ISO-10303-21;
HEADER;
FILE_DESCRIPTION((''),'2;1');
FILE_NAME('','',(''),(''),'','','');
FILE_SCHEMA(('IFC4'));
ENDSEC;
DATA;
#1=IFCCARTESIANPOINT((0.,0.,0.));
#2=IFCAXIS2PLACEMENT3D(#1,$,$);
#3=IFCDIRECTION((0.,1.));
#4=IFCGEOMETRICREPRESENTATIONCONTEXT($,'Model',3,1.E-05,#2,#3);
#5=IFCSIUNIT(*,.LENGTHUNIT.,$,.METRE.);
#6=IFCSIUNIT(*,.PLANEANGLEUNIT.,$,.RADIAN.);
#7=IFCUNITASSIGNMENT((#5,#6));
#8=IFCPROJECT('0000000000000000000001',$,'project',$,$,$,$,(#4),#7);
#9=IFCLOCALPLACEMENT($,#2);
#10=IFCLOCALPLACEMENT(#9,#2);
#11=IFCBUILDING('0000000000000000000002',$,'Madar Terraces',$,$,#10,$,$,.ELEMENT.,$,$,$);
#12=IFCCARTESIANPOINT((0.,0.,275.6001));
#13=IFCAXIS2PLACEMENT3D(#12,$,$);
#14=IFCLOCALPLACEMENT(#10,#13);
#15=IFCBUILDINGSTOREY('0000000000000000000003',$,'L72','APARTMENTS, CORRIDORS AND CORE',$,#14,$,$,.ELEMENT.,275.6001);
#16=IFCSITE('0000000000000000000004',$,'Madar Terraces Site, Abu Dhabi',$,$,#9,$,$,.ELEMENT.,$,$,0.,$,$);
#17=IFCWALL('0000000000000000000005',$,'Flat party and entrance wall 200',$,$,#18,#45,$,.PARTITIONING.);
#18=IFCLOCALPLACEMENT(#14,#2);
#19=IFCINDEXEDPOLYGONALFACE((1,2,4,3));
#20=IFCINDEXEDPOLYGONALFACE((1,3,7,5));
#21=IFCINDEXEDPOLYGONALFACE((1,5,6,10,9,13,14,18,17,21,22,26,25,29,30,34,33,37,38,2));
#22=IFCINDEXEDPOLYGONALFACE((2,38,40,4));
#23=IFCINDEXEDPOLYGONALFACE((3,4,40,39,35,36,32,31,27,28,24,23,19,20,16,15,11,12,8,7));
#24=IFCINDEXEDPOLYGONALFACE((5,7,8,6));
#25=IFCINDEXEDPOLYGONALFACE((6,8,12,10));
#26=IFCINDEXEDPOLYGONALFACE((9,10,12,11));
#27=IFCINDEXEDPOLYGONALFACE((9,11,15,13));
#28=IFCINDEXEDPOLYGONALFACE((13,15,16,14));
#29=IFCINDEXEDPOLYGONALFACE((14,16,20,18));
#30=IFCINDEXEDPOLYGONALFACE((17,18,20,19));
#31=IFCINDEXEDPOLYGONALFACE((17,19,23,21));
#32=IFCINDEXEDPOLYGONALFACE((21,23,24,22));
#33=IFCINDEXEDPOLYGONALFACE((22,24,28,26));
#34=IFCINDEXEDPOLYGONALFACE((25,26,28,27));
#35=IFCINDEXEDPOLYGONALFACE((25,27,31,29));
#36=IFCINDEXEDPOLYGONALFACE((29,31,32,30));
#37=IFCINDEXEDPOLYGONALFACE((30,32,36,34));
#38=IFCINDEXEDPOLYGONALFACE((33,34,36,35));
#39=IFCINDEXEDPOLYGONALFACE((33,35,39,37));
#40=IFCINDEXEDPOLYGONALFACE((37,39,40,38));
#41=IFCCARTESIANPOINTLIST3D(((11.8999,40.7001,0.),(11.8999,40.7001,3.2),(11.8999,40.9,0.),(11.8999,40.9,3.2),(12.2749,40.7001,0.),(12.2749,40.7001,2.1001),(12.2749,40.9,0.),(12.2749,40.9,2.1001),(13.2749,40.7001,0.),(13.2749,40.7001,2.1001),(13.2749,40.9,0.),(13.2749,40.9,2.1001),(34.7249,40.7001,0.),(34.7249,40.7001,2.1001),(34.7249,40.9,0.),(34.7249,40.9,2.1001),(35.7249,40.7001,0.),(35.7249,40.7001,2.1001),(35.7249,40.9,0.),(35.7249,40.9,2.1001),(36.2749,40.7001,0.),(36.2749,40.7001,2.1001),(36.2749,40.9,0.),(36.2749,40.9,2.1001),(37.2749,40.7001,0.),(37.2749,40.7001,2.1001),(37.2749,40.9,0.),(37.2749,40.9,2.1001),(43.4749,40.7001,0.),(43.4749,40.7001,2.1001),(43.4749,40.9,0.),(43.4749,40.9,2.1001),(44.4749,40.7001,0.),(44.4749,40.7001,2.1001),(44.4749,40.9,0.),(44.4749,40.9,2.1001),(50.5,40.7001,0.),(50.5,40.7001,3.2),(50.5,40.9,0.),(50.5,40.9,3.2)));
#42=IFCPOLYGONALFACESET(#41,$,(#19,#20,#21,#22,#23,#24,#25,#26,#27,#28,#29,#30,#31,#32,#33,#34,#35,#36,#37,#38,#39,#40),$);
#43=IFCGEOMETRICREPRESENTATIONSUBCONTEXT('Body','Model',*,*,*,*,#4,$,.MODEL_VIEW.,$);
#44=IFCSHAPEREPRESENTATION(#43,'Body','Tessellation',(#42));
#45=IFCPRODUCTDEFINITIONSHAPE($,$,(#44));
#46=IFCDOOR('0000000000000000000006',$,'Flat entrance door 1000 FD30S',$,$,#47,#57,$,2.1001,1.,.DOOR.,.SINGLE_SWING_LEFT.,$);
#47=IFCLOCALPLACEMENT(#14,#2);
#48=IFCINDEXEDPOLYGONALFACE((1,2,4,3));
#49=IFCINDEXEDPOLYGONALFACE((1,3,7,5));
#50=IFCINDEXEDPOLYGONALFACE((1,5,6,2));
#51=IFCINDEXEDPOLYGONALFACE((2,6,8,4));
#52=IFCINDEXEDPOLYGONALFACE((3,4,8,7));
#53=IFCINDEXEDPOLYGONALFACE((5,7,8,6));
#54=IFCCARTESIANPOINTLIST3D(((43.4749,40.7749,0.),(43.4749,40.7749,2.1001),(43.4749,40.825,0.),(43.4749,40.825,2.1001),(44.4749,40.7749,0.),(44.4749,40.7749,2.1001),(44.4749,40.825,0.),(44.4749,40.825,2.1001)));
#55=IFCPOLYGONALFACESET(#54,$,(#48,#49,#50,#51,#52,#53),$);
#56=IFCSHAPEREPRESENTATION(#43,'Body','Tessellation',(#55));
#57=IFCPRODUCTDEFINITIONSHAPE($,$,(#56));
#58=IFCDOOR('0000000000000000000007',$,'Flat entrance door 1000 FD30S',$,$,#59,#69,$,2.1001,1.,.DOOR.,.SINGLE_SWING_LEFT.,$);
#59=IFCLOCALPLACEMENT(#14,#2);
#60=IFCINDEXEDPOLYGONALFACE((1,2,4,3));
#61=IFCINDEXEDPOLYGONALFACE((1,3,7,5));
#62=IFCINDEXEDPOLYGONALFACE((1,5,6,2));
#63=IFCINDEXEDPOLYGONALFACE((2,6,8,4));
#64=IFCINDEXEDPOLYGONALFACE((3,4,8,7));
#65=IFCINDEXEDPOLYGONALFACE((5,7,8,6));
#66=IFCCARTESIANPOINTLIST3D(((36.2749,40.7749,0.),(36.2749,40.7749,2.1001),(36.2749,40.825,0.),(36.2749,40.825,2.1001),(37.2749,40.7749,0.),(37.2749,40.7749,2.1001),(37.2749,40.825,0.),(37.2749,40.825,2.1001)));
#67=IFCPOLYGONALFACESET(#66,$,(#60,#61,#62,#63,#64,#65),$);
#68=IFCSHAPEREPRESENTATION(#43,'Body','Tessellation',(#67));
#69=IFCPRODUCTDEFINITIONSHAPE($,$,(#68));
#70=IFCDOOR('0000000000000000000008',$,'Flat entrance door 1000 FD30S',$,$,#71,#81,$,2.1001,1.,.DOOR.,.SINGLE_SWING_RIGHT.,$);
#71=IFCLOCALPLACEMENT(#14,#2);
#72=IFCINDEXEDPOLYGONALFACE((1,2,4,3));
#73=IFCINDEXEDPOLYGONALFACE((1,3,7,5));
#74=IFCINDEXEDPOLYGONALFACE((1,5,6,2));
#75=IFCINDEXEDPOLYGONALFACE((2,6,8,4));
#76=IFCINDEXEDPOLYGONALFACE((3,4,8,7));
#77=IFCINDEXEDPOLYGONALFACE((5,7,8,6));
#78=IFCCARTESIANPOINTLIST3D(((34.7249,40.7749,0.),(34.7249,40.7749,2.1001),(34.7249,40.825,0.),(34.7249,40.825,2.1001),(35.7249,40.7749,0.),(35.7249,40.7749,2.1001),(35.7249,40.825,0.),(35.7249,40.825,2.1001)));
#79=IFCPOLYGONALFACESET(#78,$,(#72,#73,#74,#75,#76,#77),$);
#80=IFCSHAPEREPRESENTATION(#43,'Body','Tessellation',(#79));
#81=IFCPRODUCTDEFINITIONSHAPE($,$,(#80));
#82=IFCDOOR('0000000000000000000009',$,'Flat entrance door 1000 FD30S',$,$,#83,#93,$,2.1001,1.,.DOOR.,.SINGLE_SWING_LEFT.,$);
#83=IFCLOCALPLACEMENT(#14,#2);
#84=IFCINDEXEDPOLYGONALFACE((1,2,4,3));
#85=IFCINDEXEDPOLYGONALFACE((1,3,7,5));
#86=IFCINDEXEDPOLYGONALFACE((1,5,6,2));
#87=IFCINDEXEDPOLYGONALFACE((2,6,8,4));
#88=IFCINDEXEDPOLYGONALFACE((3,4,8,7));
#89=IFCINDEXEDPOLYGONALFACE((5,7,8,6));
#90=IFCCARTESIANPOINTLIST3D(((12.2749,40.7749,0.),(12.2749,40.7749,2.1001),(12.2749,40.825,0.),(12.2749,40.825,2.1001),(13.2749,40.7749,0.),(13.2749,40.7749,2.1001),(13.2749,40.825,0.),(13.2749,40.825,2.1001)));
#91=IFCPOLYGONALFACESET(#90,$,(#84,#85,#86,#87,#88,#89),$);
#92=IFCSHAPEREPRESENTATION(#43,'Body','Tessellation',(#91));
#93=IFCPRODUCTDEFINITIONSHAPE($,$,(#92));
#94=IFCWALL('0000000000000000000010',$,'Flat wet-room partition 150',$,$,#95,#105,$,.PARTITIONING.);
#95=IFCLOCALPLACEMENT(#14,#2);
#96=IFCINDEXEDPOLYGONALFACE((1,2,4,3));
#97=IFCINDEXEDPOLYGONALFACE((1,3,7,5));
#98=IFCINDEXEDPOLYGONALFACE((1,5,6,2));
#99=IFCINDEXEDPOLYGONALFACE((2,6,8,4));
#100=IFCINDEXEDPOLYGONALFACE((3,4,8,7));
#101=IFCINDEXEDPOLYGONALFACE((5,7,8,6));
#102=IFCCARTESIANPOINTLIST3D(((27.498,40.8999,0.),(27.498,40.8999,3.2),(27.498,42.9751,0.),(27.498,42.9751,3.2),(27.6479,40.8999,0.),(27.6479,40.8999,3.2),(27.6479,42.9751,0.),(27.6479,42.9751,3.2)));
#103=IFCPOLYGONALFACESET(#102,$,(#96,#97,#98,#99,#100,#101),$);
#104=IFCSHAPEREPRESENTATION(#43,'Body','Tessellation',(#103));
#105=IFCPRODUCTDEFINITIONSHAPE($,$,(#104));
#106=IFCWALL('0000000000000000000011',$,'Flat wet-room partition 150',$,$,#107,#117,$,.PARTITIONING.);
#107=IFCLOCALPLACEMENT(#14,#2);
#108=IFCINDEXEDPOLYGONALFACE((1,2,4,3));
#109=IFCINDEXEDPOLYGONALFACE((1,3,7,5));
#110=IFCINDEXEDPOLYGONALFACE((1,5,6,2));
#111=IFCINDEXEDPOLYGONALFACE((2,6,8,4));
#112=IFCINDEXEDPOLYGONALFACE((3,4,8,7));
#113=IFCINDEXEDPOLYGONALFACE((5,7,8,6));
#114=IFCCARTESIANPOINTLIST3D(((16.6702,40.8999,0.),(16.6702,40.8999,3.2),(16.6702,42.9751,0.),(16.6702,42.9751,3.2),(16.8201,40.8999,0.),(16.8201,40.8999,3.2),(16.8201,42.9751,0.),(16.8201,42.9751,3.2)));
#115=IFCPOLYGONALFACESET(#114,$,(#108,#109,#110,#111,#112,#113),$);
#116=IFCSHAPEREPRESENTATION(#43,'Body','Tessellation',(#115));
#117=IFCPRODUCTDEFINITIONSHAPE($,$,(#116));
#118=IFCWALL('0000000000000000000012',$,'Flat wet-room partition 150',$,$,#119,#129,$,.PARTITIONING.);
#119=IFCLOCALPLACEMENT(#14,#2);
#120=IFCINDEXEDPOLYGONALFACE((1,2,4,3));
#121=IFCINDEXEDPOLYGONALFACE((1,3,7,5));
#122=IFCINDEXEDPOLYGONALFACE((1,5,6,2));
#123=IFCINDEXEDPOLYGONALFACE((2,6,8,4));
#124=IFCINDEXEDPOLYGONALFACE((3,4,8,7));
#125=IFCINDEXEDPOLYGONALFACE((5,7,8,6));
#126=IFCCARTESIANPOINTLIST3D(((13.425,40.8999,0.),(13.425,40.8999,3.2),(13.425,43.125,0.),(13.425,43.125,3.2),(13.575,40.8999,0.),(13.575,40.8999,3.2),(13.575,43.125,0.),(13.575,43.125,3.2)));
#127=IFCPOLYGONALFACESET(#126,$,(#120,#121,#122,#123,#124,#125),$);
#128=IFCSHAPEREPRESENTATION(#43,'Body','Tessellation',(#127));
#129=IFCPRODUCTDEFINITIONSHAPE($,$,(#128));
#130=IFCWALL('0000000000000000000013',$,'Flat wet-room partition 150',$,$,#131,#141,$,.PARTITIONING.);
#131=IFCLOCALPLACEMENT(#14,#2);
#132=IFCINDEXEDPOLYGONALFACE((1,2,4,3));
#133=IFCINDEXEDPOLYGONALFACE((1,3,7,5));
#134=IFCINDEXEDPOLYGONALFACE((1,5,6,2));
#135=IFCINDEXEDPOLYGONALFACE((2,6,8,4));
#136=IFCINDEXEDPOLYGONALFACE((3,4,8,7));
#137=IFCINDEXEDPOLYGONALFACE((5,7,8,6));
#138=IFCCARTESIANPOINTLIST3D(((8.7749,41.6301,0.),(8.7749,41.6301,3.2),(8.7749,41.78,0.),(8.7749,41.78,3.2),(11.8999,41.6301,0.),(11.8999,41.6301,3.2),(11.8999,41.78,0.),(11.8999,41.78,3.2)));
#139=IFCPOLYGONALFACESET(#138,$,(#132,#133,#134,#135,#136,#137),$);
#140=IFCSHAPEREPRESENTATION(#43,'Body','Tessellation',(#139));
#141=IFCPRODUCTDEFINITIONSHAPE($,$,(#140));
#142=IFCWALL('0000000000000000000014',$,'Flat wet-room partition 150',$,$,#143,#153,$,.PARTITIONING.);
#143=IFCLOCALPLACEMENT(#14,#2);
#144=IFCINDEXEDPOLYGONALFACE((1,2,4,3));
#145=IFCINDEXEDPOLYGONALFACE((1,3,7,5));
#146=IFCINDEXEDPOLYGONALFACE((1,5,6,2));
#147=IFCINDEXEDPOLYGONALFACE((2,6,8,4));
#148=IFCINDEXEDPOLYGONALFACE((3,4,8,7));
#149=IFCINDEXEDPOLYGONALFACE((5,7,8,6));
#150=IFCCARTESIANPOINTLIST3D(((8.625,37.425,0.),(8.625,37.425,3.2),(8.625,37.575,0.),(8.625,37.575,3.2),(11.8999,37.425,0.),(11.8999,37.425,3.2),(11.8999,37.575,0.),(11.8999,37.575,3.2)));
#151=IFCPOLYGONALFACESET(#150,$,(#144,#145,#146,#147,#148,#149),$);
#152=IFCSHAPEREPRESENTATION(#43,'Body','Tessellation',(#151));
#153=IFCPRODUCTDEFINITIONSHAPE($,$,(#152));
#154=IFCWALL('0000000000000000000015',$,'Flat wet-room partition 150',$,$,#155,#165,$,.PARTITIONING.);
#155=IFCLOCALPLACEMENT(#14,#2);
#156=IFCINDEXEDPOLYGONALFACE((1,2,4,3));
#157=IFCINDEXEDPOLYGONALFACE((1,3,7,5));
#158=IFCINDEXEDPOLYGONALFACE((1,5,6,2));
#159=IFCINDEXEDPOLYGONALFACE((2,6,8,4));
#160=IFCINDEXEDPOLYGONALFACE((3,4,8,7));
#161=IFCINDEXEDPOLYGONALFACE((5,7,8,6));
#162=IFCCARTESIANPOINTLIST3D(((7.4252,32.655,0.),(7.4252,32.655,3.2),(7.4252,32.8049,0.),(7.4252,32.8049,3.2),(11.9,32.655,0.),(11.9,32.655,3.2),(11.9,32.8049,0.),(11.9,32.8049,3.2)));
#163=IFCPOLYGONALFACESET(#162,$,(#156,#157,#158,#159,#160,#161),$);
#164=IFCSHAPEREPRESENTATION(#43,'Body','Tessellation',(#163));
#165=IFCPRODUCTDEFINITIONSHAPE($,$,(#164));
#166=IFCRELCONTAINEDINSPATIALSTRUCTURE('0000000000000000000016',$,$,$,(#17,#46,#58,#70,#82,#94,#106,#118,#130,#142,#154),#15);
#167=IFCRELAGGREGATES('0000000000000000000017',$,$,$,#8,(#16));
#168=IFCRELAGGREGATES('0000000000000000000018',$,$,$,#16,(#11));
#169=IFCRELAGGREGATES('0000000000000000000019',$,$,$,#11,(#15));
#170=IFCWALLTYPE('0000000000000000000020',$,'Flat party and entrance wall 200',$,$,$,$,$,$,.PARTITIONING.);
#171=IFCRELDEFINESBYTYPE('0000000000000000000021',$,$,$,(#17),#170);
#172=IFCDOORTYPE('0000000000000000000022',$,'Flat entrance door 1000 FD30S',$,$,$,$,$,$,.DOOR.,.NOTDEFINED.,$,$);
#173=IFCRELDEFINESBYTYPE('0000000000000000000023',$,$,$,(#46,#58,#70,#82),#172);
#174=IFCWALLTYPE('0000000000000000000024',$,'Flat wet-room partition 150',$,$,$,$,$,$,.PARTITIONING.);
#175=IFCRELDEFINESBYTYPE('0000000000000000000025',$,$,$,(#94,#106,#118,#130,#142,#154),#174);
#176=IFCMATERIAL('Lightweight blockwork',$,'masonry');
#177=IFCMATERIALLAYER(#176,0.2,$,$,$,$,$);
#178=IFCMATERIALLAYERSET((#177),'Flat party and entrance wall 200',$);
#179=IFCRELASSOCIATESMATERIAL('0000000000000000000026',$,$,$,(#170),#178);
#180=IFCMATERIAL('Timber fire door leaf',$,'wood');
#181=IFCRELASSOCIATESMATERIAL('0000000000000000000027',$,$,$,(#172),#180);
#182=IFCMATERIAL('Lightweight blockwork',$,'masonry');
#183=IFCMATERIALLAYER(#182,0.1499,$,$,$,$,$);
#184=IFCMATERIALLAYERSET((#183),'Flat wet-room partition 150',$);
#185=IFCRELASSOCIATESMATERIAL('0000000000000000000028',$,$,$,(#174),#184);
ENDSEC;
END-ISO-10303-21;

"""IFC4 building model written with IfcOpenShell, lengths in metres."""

from ifc_helpers import new_model, si_unit, direction, frame, frame_2d, origin, place, context, subcontext, project, spatial, rectangle, extrude, material, layer, layer_set, type_object, element, fill, save


model = new_model("IFC4")

# Units and contexts
model_context = context("Model", 3, precision=1e-05, world=origin(), true_north=direction((0.0, 1.0)))
body_context = subcontext(model_context, "Body", "Model", "MODEL_VIEW")
ifc_project = project(units=[si_unit("LENGTHUNIT", "METRE"), si_unit("PLANEANGLEUNIT", "RADIAN")], contexts=[model_context])

# Site, building, storey
site_placement = place(None, origin())
site = spatial("IfcSite", under=ifc_project, at=site_placement, Name="Madar Terraces Site, Abu Dhabi", CompositionType="ELEMENT", RefElevation=0.0)
building_placement = place(site_placement, origin())
building = spatial("IfcBuilding", under=site, at=building_placement, Name="Madar Terraces", CompositionType="ELEMENT")
storey_placement = place(building_placement, frame((0.0, 0.0, 275.6001)))
storey = spatial("IfcBuildingStorey", under=building, at=storey_placement, Name="L72", Description="APARTMENTS, CORRIDORS AND CORE", CompositionType="ELEMENT", Elevation=275.6001)

# Wall, openings, doors
ifc_material_1 = material(Name="Lightweight blockwork", Category="masonry")
ifc_layer_1 = layer(ifc_material_1, 0.2)
ifc_layer_set_1 = layer_set([ifc_layer_1], Name="Flat party and entrance wall 200")
wall_type_1 = type_object("IfcWallType", Name="Flat party and entrance wall 200", PredefinedType="PARTITIONING", material=ifc_layer_set_1)
wall_1_placement = place(storey_placement, frame((11.8999, 40.8, 0.0), z_axis=(0.0, 0.0, 1.0), x_axis=(1.0, 0.0, 0.0)))
wall_1 = element("IfcWall", 1, at=wall_1_placement, inside=storey, type_object=wall_type_1, Name="Flat party and entrance wall 200", PredefinedType="PARTITIONING", context=body_context, shape_type="SweptSolid", body=[
    extrude(rectangle(XDim=38.6001, YDim=0.2, at=frame_2d((19.3, 0.0))), origin(), (0.0, 0.0, 1.0), 3.2),
])
opening_1_placement = place(wall_1_placement, frame((31.575, 0.0, 0.0)))
opening_1 = element("IfcOpeningElement", 2, at=opening_1_placement, cuts=wall_1, PredefinedType="OPENING", context=body_context, shape_type="SweptSolid", body=[
    extrude(rectangle(XDim=1.0, YDim=2.1001, at=frame_2d((0.5, 1.05))), frame((0.0, 0.1099, 0.0), z_axis=(0.0, -1.0, 0.0), x_axis=(1.0, 0.0, 0.0)), (0.0, 0.0, 1.0), 0.22),
])
opening_2_placement = place(wall_1_placement, frame((24.375, 0.0, 0.0)))
opening_2 = element("IfcOpeningElement", 3, at=opening_2_placement, cuts=wall_1, PredefinedType="OPENING", context=body_context, shape_type="SweptSolid", body=[
    extrude(rectangle(XDim=1.0, YDim=2.1001, at=frame_2d((0.5, 1.05))), frame((0.0, 0.1099, 0.0), z_axis=(0.0, -1.0, 0.0), x_axis=(1.0, 0.0, 0.0)), (0.0, 0.0, 1.0), 0.22),
])
opening_3_placement = place(wall_1_placement, frame((22.825, 0.0, 0.0)))
opening_3 = element("IfcOpeningElement", 4, at=opening_3_placement, cuts=wall_1, PredefinedType="OPENING", context=body_context, shape_type="SweptSolid", body=[
    extrude(rectangle(XDim=1.0, YDim=2.1001, at=frame_2d((0.5, 1.05))), frame((0.0, 0.1099, 0.0), z_axis=(0.0, -1.0, 0.0), x_axis=(1.0, 0.0, 0.0)), (0.0, 0.0, 1.0), 0.22),
])
opening_4_placement = place(wall_1_placement, frame((0.375, 0.0, 0.0)))
opening_4 = element("IfcOpeningElement", 5, at=opening_4_placement, cuts=wall_1, PredefinedType="OPENING", context=body_context, shape_type="SweptSolid", body=[
    extrude(rectangle(XDim=1.0, YDim=2.1001, at=frame_2d((0.5, 1.05))), frame((0.0, 0.1099, 0.0), z_axis=(0.0, -1.0, 0.0), x_axis=(1.0, 0.0, 0.0)), (0.0, 0.0, 1.0), 0.22),
])
ifc_material_2 = material(Name="Timber fire door leaf", Category="wood")
door_type_1 = type_object("IfcDoorType", Name="Flat entrance door 1000 FD30S", OperationType="NOTDEFINED", PredefinedType="DOOR", material=ifc_material_2)
door_1_placement = place(opening_1_placement, origin())
door_1 = element("IfcDoor", 6, at=door_1_placement, inside=storey, type_object=door_type_1, Name="Flat entrance door 1000 FD30S", OperationType="SINGLE_SWING_LEFT", OverallHeight=2.1001, OverallWidth=1.0, PredefinedType="DOOR", context=body_context, shape_type="SweptSolid", body=[
    extrude(rectangle(XDim=1.0, YDim=2.1001, at=frame_2d((0.5, 1.05))), frame((0.0, 0.0249, 0.0), z_axis=(0.0, -1.0, 0.0), x_axis=(1.0, 0.0, 0.0)), (0.0, 0.0, 1.0), 0.05),
])
fill(opening_1, door_1)
door_2_placement = place(opening_2_placement, origin())
door_2 = element("IfcDoor", 7, at=door_2_placement, inside=storey, type_object=door_type_1, Name="Flat entrance door 1000 FD30S", OperationType="SINGLE_SWING_LEFT", OverallHeight=2.1001, OverallWidth=1.0, PredefinedType="DOOR", context=body_context, shape_type="SweptSolid", body=[
    extrude(rectangle(XDim=1.0, YDim=2.1001, at=frame_2d((0.5, 1.05))), frame((0.0, 0.0249, 0.0), z_axis=(0.0, -1.0, 0.0), x_axis=(1.0, 0.0, 0.0)), (0.0, 0.0, 1.0), 0.05),
])
fill(opening_2, door_2)
door_3_placement = place(opening_3_placement, origin())
door_3 = element("IfcDoor", 8, at=door_3_placement, inside=storey, type_object=door_type_1, Name="Flat entrance door 1000 FD30S", OperationType="SINGLE_SWING_RIGHT", OverallHeight=2.1001, OverallWidth=1.0, PredefinedType="DOOR", context=body_context, shape_type="SweptSolid", body=[
    extrude(rectangle(XDim=1.0, YDim=2.1001, at=frame_2d((0.5, 1.05))), frame((0.0, 0.0249, 0.0), z_axis=(0.0, -1.0, 0.0), x_axis=(1.0, 0.0, 0.0)), (0.0, 0.0, 1.0), 0.05),
])
fill(opening_3, door_3)
door_4_placement = place(opening_4_placement, origin())
door_4 = element("IfcDoor", 9, at=door_4_placement, inside=storey, type_object=door_type_1, Name="Flat entrance door 1000 FD30S", OperationType="SINGLE_SWING_LEFT", OverallHeight=2.1001, OverallWidth=1.0, PredefinedType="DOOR", context=body_context, shape_type="SweptSolid", body=[
    extrude(rectangle(XDim=1.0, YDim=2.1001, at=frame_2d((0.5, 1.05))), frame((0.0, 0.0249, 0.0), z_axis=(0.0, -1.0, 0.0), x_axis=(1.0, 0.0, 0.0)), (0.0, 0.0, 1.0), 0.05),
])
fill(opening_4, door_4)

# Walls
ifc_material_3 = material(Name="Lightweight blockwork", Category="masonry")
ifc_layer_2 = layer(ifc_material_3, 0.1499)
ifc_layer_set_2 = layer_set([ifc_layer_2], Name="Flat wet-room partition 150")
wall_type_2 = type_object("IfcWallType", Name="Flat wet-room partition 150", PredefinedType="PARTITIONING", material=ifc_layer_set_2)
for number, where, z_axis, x_axis, name in (
    (10, (27.573, 40.8999, 0.0), (0.0, 0.0, 1.0), (0.0, 1.0, 0.0), "Flat wet-room partition 150"),
    (11, (16.7451, 40.8999, 0.0), (0.0, 0.0, 1.0), (0.0, 1.0, 0.0), "Flat wet-room partition 150"),
):
    element("IfcWall", number, at=place(storey_placement, frame(where, z_axis=z_axis, x_axis=x_axis)), inside=storey, type_object=wall_type_2, Name=name, PredefinedType="PARTITIONING", context=body_context, shape_type="SweptSolid", body=[
        extrude(rectangle(XDim=2.0752, YDim=0.1499, at=frame_2d((1.0376, 0.0))), origin(), (0.0, 0.0, 1.0), 3.2),
    ])
wall_2_placement = place(storey_placement, frame((13.5, 40.8999, 0.0), z_axis=(0.0, 0.0, 1.0), x_axis=(0.0, 1.0, 0.0)))
element("IfcWall", 12, at=wall_2_placement, inside=storey, type_object=wall_type_2, Name="Flat wet-room partition 150", PredefinedType="PARTITIONING", context=body_context, shape_type="SweptSolid", body=[
    extrude(rectangle(XDim=2.2251, YDim=0.1499, at=frame_2d((1.1125, 0.0))), origin(), (0.0, 0.0, 1.0), 3.2),
])
wall_3_placement = place(storey_placement, frame((11.8999, 41.7051, 0.0), z_axis=(0.0, 0.0, 1.0), x_axis=(-1.0, 0.0, 0.0)))
element("IfcWall", 13, at=wall_3_placement, inside=storey, type_object=wall_type_2, Name="Flat wet-room partition 150", PredefinedType="PARTITIONING", context=body_context, shape_type="SweptSolid", body=[
    extrude(rectangle(XDim=3.125, YDim=0.1499, at=frame_2d((1.5625, 0.0))), origin(), (0.0, 0.0, 1.0), 3.2),
])
wall_4_placement = place(storey_placement, frame((11.8999, 37.5, 0.0), z_axis=(0.0, 0.0, 1.0), x_axis=(-1.0, 0.0, 0.0)))
element("IfcWall", 14, at=wall_4_placement, inside=storey, type_object=wall_type_2, Name="Flat wet-room partition 150", PredefinedType="PARTITIONING", context=body_context, shape_type="SweptSolid", body=[
    extrude(rectangle(XDim=3.2749, YDim=0.1499, at=frame_2d((1.6375, 0.0))), origin(), (0.0, 0.0, 1.0), 3.2),
])
wall_5_placement = place(storey_placement, frame((11.8999, 32.73, 0.0), z_axis=(0.0, 0.0, 1.0), x_axis=(-1.0, 0.0, 0.0)))
element("IfcWall", 15, at=wall_5_placement, inside=storey, type_object=wall_type_2, Name="Flat wet-room partition 150", PredefinedType="PARTITIONING", context=body_context, shape_type="SweptSolid", body=[
    extrude(rectangle(XDim=4.4749, YDim=0.1499, at=frame_2d((2.2373, 0.0))), origin(), (0.0, 0.0, 1.0), 3.2),
])

save(model, "model.ifc")
